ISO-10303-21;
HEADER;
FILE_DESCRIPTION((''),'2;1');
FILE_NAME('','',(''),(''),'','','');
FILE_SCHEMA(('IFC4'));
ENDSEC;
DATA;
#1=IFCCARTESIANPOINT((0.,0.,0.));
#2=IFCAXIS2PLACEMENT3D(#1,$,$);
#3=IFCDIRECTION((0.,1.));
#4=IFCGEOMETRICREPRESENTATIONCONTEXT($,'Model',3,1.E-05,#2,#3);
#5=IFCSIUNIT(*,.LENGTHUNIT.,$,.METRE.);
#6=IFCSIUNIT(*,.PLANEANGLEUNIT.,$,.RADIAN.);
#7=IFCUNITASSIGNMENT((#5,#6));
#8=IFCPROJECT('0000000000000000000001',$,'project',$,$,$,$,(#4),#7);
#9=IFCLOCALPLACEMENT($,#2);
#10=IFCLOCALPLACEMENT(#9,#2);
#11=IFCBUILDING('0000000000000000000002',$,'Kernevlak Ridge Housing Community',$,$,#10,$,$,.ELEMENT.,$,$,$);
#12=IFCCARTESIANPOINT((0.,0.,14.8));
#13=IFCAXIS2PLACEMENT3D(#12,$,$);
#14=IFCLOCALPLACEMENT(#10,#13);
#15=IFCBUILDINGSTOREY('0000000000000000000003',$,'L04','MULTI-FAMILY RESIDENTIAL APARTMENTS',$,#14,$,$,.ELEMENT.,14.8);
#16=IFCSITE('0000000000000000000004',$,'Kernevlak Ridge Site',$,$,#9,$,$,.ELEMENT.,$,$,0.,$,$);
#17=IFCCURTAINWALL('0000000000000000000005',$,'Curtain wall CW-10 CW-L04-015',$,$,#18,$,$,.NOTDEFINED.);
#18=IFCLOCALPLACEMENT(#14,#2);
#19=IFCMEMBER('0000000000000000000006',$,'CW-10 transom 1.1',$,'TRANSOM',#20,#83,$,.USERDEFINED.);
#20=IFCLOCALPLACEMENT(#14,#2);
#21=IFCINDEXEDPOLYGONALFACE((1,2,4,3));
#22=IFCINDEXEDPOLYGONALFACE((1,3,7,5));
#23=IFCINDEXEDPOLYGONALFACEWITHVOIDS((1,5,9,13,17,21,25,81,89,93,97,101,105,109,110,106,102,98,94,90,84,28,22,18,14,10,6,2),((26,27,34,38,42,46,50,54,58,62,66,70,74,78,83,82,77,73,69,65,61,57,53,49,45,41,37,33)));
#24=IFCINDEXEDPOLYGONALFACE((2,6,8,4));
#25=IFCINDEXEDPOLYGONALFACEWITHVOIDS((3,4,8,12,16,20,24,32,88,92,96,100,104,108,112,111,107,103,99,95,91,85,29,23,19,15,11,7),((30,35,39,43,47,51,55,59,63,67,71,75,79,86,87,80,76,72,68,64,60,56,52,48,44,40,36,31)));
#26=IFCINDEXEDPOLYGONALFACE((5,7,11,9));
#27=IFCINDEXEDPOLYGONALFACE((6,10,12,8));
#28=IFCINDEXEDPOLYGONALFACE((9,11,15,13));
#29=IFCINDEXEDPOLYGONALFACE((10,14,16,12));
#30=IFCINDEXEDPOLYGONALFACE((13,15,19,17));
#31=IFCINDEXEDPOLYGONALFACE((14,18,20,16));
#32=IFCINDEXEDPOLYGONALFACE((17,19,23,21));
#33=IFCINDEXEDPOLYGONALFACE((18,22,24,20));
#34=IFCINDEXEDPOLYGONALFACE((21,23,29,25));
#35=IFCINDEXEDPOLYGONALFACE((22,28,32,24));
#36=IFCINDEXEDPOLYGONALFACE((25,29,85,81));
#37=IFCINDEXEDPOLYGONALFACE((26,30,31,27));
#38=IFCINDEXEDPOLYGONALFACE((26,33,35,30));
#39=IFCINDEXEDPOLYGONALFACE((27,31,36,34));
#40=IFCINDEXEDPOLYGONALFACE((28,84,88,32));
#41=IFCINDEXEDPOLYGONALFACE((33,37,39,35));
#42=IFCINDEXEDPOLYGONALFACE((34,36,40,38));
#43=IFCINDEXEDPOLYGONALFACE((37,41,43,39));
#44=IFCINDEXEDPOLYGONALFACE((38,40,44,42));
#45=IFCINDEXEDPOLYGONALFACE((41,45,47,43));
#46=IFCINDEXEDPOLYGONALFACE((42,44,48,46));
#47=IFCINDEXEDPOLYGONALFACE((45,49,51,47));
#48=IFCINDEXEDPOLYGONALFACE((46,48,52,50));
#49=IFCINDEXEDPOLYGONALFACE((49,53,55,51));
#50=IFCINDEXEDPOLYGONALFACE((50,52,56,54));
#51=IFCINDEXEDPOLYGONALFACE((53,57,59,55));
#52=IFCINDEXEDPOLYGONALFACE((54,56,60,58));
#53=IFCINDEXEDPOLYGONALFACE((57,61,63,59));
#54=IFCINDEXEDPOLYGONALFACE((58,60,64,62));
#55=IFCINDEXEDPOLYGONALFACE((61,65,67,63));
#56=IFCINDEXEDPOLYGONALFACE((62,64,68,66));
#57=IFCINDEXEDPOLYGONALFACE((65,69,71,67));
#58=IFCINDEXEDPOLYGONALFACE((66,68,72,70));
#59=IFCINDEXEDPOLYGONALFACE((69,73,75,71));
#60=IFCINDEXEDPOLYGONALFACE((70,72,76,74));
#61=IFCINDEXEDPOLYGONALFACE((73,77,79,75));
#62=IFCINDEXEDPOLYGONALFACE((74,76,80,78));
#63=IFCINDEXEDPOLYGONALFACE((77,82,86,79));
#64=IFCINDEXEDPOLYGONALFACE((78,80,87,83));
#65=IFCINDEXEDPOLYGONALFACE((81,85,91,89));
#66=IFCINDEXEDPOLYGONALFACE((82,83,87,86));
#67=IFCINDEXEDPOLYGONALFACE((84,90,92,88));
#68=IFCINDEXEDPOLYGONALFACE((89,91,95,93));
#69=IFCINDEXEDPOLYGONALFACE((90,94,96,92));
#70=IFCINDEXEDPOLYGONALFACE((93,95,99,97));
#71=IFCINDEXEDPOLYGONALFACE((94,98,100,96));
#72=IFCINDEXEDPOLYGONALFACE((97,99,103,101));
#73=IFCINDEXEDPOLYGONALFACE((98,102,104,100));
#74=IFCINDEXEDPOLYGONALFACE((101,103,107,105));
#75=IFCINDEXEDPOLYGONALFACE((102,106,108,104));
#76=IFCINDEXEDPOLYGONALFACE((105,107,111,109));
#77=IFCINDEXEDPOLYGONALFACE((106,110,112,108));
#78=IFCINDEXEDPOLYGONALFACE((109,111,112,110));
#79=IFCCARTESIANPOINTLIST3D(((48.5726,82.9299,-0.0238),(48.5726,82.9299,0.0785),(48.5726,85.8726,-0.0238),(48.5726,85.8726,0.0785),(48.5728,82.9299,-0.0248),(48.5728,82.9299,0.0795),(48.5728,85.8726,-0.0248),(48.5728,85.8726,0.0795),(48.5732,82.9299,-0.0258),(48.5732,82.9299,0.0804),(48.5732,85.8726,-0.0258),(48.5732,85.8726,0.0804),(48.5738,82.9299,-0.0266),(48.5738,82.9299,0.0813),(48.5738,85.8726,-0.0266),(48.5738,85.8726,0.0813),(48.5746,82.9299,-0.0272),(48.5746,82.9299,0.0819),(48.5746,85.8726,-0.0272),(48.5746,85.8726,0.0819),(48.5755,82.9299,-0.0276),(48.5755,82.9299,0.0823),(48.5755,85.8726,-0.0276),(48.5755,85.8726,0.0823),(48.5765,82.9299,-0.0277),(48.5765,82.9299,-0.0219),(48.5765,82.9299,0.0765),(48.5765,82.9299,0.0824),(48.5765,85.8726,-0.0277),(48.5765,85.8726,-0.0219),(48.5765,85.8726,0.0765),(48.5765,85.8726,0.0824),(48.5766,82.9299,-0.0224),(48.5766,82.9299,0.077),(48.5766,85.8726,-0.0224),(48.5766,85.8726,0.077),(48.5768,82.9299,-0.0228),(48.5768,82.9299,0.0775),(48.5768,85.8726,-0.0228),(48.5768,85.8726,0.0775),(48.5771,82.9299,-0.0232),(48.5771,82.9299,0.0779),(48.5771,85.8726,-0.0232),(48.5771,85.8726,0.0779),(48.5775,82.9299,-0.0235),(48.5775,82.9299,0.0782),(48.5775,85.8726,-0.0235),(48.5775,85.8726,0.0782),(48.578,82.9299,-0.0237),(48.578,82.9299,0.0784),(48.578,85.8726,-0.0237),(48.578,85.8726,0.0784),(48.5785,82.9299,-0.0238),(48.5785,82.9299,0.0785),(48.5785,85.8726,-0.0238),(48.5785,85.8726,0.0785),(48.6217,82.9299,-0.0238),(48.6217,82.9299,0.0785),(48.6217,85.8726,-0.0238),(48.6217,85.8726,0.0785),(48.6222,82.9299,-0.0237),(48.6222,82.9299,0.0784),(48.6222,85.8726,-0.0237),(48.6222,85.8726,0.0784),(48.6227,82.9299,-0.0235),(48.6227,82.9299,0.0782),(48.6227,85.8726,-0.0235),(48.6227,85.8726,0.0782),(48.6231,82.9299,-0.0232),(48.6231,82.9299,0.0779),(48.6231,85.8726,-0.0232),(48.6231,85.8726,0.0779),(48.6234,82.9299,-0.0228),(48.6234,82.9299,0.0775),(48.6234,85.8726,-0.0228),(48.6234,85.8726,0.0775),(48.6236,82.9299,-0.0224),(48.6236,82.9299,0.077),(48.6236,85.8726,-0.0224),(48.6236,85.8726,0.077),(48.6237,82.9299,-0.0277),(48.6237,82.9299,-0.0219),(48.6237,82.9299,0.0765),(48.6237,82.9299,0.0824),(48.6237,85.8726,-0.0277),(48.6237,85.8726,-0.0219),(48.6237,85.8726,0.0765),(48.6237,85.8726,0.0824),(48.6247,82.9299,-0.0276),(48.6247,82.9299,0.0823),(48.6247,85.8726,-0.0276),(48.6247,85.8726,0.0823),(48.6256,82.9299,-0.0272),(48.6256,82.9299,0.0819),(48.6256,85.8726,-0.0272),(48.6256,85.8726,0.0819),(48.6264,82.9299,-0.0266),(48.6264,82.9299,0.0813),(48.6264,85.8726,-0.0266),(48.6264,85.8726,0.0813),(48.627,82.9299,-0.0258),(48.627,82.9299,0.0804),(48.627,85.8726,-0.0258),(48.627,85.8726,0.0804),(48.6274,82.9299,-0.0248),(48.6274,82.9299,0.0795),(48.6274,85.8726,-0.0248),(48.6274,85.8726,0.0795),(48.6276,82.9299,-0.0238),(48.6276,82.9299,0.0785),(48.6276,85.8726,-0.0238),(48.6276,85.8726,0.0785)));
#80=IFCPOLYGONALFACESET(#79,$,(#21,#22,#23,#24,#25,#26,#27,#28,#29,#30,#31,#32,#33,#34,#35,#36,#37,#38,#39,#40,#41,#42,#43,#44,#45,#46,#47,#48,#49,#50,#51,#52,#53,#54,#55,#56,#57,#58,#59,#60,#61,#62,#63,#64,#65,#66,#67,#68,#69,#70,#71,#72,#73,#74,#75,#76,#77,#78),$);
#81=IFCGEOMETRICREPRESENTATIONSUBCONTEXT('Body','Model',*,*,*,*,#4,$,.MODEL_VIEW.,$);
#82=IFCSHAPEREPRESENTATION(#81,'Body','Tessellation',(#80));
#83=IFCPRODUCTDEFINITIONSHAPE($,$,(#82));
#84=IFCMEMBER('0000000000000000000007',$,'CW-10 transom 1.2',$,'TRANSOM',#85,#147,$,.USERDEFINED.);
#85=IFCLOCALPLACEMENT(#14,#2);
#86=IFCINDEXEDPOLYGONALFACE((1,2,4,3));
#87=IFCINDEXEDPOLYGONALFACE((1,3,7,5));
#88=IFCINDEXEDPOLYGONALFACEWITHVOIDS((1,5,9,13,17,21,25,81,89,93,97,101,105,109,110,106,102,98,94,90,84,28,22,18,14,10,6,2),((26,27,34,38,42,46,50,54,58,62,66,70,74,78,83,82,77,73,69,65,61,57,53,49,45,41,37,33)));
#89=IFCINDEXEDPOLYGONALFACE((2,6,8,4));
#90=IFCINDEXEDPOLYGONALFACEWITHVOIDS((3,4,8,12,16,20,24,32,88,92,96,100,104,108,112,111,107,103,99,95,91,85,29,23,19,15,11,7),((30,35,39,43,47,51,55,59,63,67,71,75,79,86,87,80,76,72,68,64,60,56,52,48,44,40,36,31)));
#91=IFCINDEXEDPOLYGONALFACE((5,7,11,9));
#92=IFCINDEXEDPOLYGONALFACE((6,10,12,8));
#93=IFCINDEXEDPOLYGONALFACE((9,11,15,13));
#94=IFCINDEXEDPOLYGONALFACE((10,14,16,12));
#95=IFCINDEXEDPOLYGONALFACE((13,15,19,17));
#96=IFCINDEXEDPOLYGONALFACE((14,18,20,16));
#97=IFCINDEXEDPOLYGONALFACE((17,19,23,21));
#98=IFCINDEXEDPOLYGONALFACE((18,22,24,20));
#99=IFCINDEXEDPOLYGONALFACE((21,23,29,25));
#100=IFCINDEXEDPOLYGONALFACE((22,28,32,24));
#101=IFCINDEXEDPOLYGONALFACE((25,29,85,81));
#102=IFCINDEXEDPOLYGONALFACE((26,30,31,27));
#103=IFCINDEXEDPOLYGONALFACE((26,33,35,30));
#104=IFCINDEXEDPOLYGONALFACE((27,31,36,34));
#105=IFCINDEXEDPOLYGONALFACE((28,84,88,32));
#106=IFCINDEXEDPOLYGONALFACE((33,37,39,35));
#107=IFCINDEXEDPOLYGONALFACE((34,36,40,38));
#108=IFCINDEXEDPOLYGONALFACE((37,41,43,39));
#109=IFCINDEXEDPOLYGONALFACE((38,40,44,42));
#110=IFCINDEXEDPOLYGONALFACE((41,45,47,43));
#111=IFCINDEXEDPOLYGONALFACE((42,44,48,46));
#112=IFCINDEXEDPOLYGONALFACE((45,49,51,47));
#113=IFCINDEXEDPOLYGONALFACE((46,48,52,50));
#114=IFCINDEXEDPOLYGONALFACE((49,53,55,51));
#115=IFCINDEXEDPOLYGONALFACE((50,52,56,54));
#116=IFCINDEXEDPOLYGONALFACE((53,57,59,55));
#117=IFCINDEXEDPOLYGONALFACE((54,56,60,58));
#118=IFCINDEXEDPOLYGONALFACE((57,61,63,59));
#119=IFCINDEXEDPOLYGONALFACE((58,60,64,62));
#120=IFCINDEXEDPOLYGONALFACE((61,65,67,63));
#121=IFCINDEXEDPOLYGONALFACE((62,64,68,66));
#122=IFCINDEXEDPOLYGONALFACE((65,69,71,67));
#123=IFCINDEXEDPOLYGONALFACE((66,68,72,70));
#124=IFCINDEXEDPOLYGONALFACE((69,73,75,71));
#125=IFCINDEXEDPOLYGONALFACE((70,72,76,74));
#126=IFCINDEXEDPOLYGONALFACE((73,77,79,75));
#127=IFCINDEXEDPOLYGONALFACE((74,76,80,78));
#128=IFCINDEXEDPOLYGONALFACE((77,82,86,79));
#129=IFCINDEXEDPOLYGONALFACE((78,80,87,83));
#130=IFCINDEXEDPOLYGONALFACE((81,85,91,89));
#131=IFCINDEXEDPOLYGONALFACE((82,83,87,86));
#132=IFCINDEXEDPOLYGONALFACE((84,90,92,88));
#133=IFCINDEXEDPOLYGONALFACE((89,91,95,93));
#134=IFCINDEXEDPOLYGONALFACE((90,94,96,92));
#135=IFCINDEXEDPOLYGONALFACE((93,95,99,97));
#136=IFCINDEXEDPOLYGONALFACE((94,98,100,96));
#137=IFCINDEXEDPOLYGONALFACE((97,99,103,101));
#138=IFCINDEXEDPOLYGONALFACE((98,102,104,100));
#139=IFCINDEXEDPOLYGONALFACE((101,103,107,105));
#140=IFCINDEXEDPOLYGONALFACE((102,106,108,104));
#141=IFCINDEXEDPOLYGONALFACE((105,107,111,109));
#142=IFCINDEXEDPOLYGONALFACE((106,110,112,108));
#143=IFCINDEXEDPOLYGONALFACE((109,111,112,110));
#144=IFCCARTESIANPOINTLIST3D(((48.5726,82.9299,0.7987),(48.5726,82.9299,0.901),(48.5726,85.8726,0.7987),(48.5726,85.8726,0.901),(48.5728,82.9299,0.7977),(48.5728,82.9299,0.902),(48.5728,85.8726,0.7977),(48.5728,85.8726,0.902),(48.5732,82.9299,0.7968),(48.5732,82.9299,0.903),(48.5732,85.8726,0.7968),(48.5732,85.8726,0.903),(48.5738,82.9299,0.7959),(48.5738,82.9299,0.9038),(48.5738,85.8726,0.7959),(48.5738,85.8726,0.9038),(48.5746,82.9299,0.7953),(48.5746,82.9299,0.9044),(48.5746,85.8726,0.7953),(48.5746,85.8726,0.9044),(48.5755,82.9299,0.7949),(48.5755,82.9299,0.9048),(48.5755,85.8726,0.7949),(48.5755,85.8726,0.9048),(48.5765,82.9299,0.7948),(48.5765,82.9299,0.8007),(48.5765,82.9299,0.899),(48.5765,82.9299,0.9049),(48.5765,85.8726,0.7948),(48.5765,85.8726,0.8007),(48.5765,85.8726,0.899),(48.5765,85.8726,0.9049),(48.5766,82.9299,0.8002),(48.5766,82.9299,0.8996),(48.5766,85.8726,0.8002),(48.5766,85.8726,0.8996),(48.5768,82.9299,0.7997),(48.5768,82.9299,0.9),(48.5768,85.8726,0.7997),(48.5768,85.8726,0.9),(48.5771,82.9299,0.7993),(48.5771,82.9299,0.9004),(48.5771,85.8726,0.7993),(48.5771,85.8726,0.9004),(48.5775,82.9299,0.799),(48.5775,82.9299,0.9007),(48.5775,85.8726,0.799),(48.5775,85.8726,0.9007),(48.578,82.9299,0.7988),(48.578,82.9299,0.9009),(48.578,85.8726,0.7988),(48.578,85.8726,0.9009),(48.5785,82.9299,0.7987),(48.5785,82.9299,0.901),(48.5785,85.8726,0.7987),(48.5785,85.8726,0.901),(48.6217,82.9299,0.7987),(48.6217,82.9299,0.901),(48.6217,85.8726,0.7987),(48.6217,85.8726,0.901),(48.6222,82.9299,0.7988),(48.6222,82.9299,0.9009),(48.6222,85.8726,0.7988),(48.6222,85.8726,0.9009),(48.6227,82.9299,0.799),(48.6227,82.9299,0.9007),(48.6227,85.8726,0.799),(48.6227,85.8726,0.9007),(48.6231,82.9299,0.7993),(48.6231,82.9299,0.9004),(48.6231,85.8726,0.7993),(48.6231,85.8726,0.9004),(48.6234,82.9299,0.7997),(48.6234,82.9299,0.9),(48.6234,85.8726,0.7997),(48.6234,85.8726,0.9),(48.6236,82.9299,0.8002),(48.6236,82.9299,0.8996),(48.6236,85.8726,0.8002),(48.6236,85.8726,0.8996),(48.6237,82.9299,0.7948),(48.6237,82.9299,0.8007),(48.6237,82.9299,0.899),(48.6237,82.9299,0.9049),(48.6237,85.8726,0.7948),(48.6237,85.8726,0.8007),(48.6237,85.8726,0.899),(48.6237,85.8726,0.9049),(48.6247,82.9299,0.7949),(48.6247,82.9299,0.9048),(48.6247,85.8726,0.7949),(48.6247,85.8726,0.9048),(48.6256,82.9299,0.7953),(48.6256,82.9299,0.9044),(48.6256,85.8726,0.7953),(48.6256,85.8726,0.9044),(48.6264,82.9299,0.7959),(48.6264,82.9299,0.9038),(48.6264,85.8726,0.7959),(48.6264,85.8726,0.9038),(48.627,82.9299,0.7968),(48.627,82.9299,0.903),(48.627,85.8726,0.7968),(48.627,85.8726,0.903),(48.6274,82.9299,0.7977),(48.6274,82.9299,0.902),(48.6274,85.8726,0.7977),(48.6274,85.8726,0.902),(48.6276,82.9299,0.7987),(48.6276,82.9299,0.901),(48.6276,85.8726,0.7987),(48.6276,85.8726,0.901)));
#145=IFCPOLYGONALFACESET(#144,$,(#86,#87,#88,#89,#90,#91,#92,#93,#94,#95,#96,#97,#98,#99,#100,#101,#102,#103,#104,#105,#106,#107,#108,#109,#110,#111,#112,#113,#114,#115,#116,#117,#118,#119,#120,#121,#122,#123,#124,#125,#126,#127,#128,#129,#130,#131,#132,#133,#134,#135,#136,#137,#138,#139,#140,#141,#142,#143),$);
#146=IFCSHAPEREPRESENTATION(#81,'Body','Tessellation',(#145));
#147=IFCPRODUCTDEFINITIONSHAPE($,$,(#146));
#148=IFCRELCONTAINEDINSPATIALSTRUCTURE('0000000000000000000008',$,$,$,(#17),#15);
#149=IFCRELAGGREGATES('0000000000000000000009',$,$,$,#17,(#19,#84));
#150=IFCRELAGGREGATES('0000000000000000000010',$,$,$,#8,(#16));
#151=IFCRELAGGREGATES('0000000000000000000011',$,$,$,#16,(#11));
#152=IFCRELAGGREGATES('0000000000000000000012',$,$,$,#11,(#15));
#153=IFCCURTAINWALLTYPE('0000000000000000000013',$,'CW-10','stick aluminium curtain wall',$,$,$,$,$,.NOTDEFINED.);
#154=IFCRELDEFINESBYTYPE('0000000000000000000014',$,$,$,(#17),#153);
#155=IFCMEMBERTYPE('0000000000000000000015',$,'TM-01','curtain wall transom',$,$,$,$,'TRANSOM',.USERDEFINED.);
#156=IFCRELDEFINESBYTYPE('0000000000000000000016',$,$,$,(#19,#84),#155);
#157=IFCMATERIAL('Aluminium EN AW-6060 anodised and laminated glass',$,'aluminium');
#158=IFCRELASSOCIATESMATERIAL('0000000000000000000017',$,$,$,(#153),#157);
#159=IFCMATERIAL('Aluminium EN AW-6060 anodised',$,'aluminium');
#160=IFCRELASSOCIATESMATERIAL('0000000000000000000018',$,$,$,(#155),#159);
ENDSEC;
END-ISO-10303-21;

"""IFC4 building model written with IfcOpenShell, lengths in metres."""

from ifc_helpers import new_model, si_unit, direction, frame, origin, origin_2d, place, context, subcontext, project, spatial, hollow_rectangle, extrude, material, material_profile, profile_set, type_object, element, aggregate, save


model = new_model("IFC4")

# Units and contexts
model_context = context("Model", 3, precision=1e-05, world=origin(), true_north=direction((0.0, 1.0)))
body_context = subcontext(model_context, "Body", "Model", "MODEL_VIEW")
ifc_project = project(units=[si_unit("LENGTHUNIT", "METRE"), si_unit("PLANEANGLEUNIT", "RADIAN")], contexts=[model_context])

# Site, building, storey
site_placement = place(None, origin())
site = spatial("IfcSite", under=ifc_project, at=site_placement, Name="Kernevlak Ridge Site", CompositionType="ELEMENT", RefElevation=0.0)
building_placement = place(site_placement, origin())
building = spatial("IfcBuilding", under=site, at=building_placement, Name="Kernevlak Ridge Housing Community", CompositionType="ELEMENT")
storey_placement = place(building_placement, frame((0.0, 0.0, 14.8)))
storey = spatial("IfcBuildingStorey", under=building, at=storey_placement, Name="L04", Description="MULTI-FAMILY RESIDENTIAL APARTMENTS", CompositionType="ELEMENT", Elevation=14.8)

# Curtain wall
ifc_material_1 = material(Name="Aluminium EN AW-6060 anodised and laminated glass", Category="aluminium")
curtain_wall_type = type_object("IfcCurtainWallType", Name="CW-10", Description="stick aluminium curtain wall", PredefinedType="NOTDEFINED", material=ifc_material_1)
curtain_wall_placement = place(storey_placement, origin())
curtain_wall = element("IfcCurtainWall", 1, at=curtain_wall_placement, inside=storey, type_object=curtain_wall_type, Name="Curtain wall CW-10 CW-L04-015", PredefinedType="NOTDEFINED")
ifc_material_2 = material(Name="Aluminium EN AW-6060 anodised", Category="aluminium")

# Members
ifc_material_profile_1 = material_profile(ifc_material_2, hollow_rectangle(XDim=0.0549, YDim=0.1101, WallThickness=0.0039, InnerFilletRadius=0.002, OuterFilletRadius=0.0039, at=origin_2d()), Name="ALU 55x110x4")
ifc_profile_set_1 = profile_set([ifc_material_profile_1], Name="Aluminium EN AW-6060 anodised")
member_type_1 = type_object("IfcMemberType", Name="TM-01", Description="curtain wall transom", ElementType="TRANSOM", PredefinedType="USERDEFINED", material=ifc_profile_set_1)
member_1_placement = place(storey_placement, frame((48.6001, 82.9299, 0.0273), z_axis=(0.0, 1.0, 0.0), x_axis=(-1.0, 0.0, 0.0)))
member_1 = element("IfcMember", 2, at=member_1_placement, type_object=member_type_1, Name="CW-10 transom 1.1", ObjectType="TRANSOM", PredefinedType="USERDEFINED", context=body_context, shape_type="SweptSolid", body=[
    extrude(hollow_rectangle(XDim=0.0549, YDim=0.1101, WallThickness=0.0039, InnerFilletRadius=0.002, OuterFilletRadius=0.0039, at=origin_2d()), origin(), (0.0, 0.0, 1.0), 2.9426),
])
member_2_placement = place(storey_placement, frame((48.6001, 82.9299, 0.8499), z_axis=(0.0, 1.0, 0.0), x_axis=(-1.0, 0.0, 0.0)))
member_2 = element("IfcMember", 3, at=member_2_placement, type_object=member_type_1, Name="CW-10 transom 1.2", ObjectType="TRANSOM", PredefinedType="USERDEFINED", context=body_context, shape_type="SweptSolid", body=[
    extrude(hollow_rectangle(XDim=0.0549, YDim=0.1101, WallThickness=0.0039, InnerFilletRadius=0.002, OuterFilletRadius=0.0039, at=origin_2d()), origin(), (0.0, 0.0, 1.0), 2.9426),
])
aggregate(curtain_wall, [member_1, member_2])

save(model, "model.ifc")
